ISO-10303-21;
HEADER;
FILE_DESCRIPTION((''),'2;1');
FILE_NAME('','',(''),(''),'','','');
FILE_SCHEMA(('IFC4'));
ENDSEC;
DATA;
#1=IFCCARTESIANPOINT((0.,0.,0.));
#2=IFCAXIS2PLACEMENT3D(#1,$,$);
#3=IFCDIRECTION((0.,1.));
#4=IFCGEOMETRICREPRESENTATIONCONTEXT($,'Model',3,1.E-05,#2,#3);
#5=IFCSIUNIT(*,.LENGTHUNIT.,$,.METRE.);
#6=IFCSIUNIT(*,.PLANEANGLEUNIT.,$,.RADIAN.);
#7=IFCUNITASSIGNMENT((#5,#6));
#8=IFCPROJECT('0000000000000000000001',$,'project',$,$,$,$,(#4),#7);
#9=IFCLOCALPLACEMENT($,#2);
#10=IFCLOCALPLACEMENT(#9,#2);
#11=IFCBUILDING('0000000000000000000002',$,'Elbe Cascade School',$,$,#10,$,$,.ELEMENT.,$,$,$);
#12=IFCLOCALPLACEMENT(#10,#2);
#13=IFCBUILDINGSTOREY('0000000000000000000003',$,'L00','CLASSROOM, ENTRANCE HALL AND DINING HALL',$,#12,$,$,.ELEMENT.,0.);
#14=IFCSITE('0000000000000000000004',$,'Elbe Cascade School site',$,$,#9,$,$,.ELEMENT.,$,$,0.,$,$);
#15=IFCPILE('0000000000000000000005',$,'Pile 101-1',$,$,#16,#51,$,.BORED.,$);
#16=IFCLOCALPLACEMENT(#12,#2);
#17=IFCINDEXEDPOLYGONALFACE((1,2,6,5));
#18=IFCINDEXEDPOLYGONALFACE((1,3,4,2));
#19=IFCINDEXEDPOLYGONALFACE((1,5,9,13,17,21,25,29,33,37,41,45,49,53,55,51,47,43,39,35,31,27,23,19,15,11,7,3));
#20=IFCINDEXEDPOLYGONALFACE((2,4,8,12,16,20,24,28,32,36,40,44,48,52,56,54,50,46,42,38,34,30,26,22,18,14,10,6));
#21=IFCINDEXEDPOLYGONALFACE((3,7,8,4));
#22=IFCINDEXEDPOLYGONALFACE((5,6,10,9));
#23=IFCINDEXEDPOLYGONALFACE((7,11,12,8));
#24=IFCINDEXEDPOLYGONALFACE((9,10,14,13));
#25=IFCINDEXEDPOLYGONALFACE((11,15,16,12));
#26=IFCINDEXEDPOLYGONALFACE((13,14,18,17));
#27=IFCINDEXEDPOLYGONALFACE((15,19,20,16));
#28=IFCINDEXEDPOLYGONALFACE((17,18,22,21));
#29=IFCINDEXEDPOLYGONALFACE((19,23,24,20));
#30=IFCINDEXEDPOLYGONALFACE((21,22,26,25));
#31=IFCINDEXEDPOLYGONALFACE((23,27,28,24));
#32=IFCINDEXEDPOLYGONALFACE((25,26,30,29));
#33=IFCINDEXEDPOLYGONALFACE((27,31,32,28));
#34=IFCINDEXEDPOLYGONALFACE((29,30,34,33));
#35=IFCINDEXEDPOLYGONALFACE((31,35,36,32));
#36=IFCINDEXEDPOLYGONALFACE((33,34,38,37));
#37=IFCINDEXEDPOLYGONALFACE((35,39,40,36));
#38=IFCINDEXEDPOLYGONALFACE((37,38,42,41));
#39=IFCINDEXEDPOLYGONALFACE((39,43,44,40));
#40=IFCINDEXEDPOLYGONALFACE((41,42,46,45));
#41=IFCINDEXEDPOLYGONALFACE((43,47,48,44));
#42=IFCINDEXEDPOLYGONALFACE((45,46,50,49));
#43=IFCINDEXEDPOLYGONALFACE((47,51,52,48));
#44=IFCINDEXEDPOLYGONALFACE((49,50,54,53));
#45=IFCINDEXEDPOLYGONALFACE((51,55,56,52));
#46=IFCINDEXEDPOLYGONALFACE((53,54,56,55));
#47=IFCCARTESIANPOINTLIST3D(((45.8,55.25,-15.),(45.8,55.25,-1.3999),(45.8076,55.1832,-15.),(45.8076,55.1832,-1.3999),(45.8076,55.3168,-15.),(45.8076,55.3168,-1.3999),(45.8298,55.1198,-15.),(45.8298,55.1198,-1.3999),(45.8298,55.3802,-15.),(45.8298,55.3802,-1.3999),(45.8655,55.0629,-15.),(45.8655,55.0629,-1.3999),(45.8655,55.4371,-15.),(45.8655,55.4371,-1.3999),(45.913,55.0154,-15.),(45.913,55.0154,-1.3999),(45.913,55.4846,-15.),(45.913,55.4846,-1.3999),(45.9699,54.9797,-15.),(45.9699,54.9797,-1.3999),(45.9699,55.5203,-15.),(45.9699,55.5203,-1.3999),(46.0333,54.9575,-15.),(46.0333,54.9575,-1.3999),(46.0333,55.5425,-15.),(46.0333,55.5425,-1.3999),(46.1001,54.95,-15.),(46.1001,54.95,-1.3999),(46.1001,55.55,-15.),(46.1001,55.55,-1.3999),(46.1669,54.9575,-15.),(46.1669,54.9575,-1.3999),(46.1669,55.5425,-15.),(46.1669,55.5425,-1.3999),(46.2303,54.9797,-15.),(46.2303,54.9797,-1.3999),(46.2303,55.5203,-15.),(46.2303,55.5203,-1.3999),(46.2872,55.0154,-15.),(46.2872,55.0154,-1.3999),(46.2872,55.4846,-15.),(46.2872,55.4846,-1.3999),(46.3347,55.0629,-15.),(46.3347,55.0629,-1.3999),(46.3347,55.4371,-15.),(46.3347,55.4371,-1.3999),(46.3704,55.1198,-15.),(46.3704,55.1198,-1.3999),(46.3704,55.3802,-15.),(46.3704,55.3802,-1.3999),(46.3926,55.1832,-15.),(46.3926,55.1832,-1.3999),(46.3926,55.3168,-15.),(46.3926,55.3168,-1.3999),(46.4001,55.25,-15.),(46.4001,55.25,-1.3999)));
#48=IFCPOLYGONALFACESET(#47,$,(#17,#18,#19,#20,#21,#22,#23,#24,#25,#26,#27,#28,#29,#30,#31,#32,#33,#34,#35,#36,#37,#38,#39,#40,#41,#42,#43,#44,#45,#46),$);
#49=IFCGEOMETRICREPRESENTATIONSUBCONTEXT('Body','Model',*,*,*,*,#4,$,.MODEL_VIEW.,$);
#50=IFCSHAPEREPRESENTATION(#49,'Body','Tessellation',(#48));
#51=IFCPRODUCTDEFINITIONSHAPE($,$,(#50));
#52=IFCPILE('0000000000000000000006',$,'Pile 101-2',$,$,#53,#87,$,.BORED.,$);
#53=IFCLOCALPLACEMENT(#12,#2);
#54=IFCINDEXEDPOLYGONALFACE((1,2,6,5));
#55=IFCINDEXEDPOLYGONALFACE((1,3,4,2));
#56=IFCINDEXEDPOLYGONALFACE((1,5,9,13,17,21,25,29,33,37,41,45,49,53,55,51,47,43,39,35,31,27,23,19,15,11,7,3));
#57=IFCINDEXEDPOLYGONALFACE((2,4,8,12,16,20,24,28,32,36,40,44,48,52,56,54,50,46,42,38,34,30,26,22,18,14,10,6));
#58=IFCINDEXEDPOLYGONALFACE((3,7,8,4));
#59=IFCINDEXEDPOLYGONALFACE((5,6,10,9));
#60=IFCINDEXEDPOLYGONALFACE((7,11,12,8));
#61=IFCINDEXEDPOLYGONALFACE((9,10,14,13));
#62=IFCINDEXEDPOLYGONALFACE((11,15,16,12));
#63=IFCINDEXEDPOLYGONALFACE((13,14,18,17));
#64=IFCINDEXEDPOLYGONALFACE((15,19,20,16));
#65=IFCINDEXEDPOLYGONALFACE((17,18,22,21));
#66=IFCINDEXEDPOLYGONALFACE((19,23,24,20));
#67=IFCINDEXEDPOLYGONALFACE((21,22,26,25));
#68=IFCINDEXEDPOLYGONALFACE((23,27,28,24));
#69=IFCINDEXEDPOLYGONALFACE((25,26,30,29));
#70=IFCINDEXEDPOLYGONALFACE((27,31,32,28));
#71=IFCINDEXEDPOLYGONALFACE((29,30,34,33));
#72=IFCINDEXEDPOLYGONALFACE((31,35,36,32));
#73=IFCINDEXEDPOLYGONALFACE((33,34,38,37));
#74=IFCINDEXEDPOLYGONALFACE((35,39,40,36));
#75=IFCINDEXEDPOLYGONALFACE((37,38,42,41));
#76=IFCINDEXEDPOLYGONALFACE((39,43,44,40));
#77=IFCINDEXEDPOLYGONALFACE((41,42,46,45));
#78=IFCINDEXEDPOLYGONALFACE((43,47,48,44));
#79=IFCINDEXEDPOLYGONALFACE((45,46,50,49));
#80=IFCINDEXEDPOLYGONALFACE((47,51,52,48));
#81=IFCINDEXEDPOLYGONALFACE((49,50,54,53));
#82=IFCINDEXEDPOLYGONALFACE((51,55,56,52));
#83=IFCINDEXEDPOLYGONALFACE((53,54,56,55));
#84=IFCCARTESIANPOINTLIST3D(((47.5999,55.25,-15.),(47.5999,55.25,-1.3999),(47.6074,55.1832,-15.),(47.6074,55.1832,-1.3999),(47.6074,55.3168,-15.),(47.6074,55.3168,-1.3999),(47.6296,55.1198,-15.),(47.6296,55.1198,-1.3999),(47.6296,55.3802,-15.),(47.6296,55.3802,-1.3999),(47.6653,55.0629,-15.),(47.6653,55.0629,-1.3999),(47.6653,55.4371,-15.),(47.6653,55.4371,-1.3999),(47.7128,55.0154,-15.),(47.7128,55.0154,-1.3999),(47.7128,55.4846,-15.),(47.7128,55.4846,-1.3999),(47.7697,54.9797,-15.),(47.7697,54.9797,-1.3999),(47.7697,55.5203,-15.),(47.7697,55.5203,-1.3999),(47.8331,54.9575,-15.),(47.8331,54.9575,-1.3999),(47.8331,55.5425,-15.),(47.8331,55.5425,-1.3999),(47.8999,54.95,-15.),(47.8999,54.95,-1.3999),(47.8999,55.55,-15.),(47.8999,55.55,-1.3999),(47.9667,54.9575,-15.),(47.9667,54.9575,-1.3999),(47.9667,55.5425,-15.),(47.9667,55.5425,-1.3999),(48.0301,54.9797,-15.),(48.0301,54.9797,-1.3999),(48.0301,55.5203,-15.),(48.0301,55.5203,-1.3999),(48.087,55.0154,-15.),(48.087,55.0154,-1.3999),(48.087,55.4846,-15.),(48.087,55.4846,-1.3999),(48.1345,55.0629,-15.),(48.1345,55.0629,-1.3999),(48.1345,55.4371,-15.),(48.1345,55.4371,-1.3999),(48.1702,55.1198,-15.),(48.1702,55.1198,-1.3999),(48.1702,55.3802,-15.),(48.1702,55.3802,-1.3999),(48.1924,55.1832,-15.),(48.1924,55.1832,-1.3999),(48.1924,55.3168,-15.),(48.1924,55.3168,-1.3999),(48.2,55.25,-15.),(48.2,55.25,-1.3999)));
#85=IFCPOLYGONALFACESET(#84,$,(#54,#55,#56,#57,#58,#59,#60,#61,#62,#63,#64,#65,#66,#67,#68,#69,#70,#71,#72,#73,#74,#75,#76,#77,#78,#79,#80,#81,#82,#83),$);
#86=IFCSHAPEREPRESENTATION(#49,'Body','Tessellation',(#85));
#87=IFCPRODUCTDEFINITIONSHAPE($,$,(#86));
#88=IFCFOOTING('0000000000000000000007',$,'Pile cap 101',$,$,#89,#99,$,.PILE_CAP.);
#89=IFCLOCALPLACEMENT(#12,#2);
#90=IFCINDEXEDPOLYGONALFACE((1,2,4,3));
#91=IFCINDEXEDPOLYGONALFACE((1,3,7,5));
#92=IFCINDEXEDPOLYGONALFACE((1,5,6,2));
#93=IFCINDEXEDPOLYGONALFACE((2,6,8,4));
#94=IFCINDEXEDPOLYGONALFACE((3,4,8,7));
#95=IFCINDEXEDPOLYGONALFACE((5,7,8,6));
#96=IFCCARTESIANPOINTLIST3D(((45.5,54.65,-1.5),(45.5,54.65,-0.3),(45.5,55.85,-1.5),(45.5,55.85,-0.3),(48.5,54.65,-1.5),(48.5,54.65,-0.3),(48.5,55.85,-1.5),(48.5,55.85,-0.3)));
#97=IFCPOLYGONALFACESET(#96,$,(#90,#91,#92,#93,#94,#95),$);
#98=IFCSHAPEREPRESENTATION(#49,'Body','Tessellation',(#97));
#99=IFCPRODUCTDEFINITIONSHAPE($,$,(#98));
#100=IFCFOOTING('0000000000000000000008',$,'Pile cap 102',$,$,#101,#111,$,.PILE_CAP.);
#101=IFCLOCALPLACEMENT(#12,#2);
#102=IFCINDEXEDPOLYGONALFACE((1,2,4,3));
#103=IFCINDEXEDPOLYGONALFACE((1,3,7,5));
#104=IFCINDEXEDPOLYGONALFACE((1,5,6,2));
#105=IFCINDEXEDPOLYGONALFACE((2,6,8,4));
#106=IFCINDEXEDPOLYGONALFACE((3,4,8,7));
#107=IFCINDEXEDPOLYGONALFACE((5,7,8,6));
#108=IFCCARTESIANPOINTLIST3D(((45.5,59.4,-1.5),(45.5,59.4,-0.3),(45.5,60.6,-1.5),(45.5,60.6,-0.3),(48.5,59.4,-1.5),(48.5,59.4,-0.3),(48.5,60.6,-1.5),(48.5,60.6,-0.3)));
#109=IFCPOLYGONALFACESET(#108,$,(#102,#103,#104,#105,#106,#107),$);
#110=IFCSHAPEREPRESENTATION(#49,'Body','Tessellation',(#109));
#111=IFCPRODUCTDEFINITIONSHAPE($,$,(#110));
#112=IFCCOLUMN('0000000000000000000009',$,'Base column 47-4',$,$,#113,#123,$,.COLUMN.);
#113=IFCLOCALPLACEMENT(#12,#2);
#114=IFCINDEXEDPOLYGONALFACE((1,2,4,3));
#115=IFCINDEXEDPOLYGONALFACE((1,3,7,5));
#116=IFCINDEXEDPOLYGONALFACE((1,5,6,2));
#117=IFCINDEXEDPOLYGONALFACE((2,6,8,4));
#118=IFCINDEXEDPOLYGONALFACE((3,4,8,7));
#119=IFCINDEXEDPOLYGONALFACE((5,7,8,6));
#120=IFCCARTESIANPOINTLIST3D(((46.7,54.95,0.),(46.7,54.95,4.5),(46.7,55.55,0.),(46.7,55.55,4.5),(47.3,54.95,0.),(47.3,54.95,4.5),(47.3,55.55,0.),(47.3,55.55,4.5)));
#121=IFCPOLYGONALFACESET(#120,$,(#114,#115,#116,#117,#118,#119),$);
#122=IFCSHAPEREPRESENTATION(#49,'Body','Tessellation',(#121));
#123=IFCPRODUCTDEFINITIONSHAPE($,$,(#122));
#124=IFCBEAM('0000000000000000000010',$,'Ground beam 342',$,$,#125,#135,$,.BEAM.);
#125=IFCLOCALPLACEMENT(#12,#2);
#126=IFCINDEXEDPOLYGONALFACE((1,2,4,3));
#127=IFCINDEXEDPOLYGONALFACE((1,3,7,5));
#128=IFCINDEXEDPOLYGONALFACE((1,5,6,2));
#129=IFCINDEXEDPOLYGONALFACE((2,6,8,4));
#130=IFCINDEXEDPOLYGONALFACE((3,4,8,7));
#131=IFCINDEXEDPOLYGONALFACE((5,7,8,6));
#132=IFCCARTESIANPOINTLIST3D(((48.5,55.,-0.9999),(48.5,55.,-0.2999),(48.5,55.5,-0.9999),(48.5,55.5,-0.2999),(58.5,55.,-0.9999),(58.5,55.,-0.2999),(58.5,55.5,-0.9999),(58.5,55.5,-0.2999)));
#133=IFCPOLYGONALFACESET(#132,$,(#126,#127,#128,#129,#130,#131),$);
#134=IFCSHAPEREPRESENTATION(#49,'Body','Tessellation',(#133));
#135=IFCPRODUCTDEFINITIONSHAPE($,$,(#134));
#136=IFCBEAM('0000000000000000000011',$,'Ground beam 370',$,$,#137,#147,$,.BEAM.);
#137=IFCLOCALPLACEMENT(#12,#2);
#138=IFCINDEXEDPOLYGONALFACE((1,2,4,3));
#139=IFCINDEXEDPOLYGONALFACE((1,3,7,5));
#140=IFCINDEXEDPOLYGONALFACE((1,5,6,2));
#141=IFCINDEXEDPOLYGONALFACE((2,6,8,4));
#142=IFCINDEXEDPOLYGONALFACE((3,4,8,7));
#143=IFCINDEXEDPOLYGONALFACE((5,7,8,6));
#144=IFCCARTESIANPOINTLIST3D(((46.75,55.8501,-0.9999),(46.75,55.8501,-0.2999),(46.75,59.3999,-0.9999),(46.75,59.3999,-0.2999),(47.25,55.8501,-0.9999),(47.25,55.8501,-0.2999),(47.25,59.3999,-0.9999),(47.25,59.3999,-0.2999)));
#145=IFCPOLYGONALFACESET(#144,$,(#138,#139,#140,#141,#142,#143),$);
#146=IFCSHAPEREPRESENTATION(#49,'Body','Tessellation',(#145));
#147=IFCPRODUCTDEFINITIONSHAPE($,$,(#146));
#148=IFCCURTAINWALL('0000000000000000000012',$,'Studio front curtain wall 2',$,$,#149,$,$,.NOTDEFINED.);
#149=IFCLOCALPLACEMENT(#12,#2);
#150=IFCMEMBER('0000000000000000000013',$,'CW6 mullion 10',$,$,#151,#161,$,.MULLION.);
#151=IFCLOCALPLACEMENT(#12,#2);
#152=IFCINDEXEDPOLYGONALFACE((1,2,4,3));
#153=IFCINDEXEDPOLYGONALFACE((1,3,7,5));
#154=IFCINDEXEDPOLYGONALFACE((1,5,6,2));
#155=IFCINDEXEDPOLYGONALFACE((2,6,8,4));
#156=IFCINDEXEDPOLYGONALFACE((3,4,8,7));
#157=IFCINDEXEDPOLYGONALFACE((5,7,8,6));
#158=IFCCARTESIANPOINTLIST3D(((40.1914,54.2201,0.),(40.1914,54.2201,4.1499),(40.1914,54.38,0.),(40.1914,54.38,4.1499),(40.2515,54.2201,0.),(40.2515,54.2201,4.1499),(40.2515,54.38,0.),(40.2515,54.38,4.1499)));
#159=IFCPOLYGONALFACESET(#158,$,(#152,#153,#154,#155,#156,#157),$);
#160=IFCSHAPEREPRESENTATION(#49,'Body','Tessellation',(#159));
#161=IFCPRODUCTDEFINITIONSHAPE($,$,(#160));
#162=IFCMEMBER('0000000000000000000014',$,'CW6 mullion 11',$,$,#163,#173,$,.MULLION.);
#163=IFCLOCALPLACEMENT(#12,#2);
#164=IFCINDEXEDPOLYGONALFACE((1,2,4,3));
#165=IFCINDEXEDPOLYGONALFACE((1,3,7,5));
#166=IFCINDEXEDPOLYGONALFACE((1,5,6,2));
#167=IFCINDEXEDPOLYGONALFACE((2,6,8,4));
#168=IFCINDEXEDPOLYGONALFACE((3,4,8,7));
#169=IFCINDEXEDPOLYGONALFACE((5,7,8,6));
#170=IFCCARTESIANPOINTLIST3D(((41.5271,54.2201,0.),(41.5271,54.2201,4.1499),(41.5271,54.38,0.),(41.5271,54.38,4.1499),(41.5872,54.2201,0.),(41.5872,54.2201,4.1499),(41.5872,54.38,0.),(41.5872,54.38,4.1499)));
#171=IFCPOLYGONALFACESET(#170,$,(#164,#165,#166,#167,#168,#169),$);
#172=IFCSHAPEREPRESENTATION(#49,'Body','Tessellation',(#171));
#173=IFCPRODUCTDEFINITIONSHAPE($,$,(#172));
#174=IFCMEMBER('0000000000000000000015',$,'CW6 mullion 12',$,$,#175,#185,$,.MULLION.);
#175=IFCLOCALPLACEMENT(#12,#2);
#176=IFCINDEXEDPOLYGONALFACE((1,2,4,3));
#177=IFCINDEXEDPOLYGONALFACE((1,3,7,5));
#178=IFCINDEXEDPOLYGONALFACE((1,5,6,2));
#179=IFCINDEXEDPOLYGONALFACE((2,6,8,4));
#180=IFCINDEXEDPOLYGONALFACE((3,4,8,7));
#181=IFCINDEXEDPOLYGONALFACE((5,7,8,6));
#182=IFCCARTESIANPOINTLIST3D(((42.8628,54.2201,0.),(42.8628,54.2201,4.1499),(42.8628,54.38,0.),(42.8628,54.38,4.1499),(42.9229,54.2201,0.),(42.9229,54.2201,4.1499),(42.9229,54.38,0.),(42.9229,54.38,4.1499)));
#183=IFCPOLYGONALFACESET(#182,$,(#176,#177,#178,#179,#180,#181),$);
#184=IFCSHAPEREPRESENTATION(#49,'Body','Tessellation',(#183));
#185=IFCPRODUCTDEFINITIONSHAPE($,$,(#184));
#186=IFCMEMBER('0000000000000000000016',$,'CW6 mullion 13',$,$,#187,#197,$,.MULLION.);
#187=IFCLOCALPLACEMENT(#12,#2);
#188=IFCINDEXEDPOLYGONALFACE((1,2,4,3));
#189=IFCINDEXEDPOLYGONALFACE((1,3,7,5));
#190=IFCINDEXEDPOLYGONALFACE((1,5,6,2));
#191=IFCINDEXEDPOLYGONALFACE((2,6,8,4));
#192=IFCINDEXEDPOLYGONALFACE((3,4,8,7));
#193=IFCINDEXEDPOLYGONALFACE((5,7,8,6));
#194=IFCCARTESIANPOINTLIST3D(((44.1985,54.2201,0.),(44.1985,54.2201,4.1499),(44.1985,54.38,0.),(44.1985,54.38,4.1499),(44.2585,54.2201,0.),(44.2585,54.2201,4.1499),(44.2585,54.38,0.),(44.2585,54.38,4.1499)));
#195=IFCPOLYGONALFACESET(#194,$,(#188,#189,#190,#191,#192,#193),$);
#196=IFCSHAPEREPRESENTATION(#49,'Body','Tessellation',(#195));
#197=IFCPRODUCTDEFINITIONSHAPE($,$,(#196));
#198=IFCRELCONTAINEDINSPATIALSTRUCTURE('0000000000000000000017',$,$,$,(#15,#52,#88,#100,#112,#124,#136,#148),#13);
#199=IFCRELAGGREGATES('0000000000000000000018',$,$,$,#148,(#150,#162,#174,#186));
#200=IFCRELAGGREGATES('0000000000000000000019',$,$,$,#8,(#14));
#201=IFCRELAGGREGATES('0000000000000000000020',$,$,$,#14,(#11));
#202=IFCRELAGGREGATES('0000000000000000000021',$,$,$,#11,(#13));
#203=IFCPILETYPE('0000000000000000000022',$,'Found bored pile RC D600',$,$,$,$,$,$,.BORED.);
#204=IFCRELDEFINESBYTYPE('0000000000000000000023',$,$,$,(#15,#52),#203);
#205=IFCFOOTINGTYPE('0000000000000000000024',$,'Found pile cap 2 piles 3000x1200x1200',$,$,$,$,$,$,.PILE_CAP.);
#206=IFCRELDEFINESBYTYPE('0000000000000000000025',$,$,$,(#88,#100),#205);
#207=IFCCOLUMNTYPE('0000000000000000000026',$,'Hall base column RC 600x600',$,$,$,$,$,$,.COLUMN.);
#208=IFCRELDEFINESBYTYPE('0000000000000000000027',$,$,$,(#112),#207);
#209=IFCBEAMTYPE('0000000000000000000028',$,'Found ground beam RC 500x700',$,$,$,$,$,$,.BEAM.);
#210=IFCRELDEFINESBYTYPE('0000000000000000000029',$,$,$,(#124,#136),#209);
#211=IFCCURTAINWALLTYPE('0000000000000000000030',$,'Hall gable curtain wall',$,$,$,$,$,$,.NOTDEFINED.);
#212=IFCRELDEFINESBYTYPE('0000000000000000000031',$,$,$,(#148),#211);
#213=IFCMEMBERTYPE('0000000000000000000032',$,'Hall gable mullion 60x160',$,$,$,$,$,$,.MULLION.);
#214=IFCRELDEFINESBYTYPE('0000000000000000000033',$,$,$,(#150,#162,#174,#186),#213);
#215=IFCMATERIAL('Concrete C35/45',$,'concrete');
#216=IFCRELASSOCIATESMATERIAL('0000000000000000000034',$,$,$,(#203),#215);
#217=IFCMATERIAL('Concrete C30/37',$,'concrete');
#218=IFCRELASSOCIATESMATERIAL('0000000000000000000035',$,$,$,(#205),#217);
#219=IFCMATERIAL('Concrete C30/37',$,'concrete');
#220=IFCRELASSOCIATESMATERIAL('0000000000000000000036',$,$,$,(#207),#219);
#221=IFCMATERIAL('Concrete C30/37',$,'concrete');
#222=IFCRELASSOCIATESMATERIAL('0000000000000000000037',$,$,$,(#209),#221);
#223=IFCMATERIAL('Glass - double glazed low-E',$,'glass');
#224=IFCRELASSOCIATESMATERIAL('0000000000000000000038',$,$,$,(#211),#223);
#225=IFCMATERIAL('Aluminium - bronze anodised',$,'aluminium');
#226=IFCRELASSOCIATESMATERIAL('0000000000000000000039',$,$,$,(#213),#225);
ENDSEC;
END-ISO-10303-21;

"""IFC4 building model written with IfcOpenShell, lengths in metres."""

from ifc_helpers import new_model, si_unit, direction, frame, origin, origin_2d, place, context, subcontext, project, spatial, rectangle, circle, extrude, material, material_profile, profile_set, type_object, element, aggregate, save


model = new_model("IFC4")

# Units and contexts
model_context = context("Model", 3, precision=1e-05, world=origin(), true_north=direction((0.0, 1.0)))
body_context = subcontext(model_context, "Body", "Model", "MODEL_VIEW")
ifc_project = project(units=[si_unit("LENGTHUNIT", "METRE"), si_unit("PLANEANGLEUNIT", "RADIAN")], contexts=[model_context])

# Site, building, storey
site_placement = place(None, origin())
site = spatial("IfcSite", under=ifc_project, at=site_placement, Name="Elbe Cascade School site", CompositionType="ELEMENT", RefElevation=0.0)
building_placement = place(site_placement, origin())
building = spatial("IfcBuilding", under=site, at=building_placement, Name="Elbe Cascade School", CompositionType="ELEMENT")
storey_placement = place(building_placement, origin())
storey = spatial("IfcBuildingStorey", under=building, at=storey_placement, Name="L00", Description="CLASSROOM, ENTRANCE HALL AND DINING HALL", CompositionType="ELEMENT", Elevation=0.0)

# Piles
ifc_material_1 = material(Name="Concrete C35/45", Category="concrete")
ifc_material_profile_1 = material_profile(ifc_material_1, circle(Radius=0.3, at=origin_2d()), Name="RC D600")
ifc_profile_set_1 = profile_set([ifc_material_profile_1], Name="Concrete C35/45")
pile_type = type_object("IfcPileType", Name="Found bored pile RC D600", PredefinedType="BORED", material=ifc_profile_set_1)
for number, where, z_axis, x_axis, name in (
    (1, (46.1001, 55.25, -1.3999), (0.0, 0.0, -1.0), (1.0, 0.0, 0.0), "Pile 101-1"),
    (2, (47.8999, 55.25, -1.3999), (0.0, 0.0, -1.0), (1.0, 0.0, 0.0), "Pile 101-2"),
):
    element("IfcPile", number, at=place(storey_placement, frame(where, z_axis=z_axis, x_axis=x_axis)), inside=storey, type_object=pile_type, Name=name, PredefinedType="BORED", context=body_context, shape_type="SweptSolid", body=[
        extrude(circle(Radius=0.3, at=origin_2d()), origin(), (0.0, 0.0, 1.0), 13.6001),
    ])

# Footings
ifc_material_2 = material(Name="Concrete C30/37", Category="concrete")
footing_type = type_object("IfcFootingType", Name="Found pile cap 2 piles 3000x1200x1200", PredefinedType="PILE_CAP", material=ifc_material_2)
for number, where, z_axis, x_axis, name in (
    (3, (47.0, 55.25, -1.5), (0.0, 0.0, 1.0), (1.0, 0.0, 0.0), "Pile cap 101"),
    (4, (47.0, 60.0, -1.5), (0.0, 0.0, 1.0), (1.0, 0.0, 0.0), "Pile cap 102"),
):
    element("IfcFooting", number, at=place(storey_placement, frame(where, z_axis=z_axis, x_axis=x_axis)), inside=storey, type_object=footing_type, Name=name, PredefinedType="PILE_CAP", context=body_context, shape_type="SweptSolid", body=[
        extrude(rectangle(XDim=3.0, YDim=1.2, at=origin_2d()), origin(), (0.0, 0.0, 1.0), 1.2),
    ])

# Column
ifc_material_3 = material(Name="Concrete C30/37", Category="concrete")
ifc_material_profile_2 = material_profile(ifc_material_3, rectangle(XDim=0.6001, YDim=0.6001, at=origin_2d()), Name="RC 600x600")
ifc_profile_set_2 = profile_set([ifc_material_profile_2], Name="Concrete C30/37")
column_type = type_object("IfcColumnType", Name="Hall base column RC 600x600", PredefinedType="COLUMN", material=ifc_profile_set_2)
column_placement = place(storey_placement, frame((47.0, 55.25, 0.0), z_axis=(0.0, 0.0, 1.0), x_axis=(1.0, 0.0, 0.0)))
element("IfcColumn", 5, at=column_placement, inside=storey, type_object=column_type, Name="Base column 47-4", PredefinedType="COLUMN", context=body_context, shape_type="SweptSolid", body=[
    extrude(rectangle(XDim=0.6001, YDim=0.6001, at=origin_2d()), origin(), (0.0, 0.0, 1.0), 4.5),
])

# Beams
ifc_material_4 = material(Name="Concrete C30/37", Category="concrete")
ifc_material_profile_3 = material_profile(ifc_material_4, rectangle(XDim=0.5, YDim=0.7, at=origin_2d()), Name="RC 500x700")
ifc_profile_set_3 = profile_set([ifc_material_profile_3], Name="Concrete C30/37")
beam_type = type_object("IfcBeamType", Name="Found ground beam RC 500x700", PredefinedType="BEAM", material=ifc_profile_set_3)
beam_1_placement = place(storey_placement, frame((48.5, 55.25, -0.6499), z_axis=(1.0, 0.0, 0.0), x_axis=(0.0, 1.0, 0.0)))
element("IfcBeam", 6, at=beam_1_placement, inside=storey, type_object=beam_type, Name="Ground beam 342", PredefinedType="BEAM", context=body_context, shape_type="SweptSolid", body=[
    extrude(rectangle(XDim=0.5, YDim=0.7, at=origin_2d()), origin(), (0.0, 0.0, 1.0), 10.0),
])
beam_2_placement = place(storey_placement, frame((47.0, 55.8501, -0.6499), z_axis=(0.0, 1.0, 0.0), x_axis=(-1.0, 0.0, 0.0)))
element("IfcBeam", 7, at=beam_2_placement, inside=storey, type_object=beam_type, Name="Ground beam 370", PredefinedType="BEAM", context=body_context, shape_type="SweptSolid", body=[
    extrude(rectangle(XDim=0.5, YDim=0.7, at=origin_2d()), origin(), (0.0, 0.0, 1.0), 3.5498),
])

# Curtain wall, members
ifc_material_5 = material(Name="Glass - double glazed low-E", Category="glass")
curtain_wall_type = type_object("IfcCurtainWallType", Name="Hall gable curtain wall", PredefinedType="NOTDEFINED", material=ifc_material_5)
curtain_wall_placement = place(storey_placement, origin())
curtain_wall = element("IfcCurtainWall", 8, at=curtain_wall_placement, inside=storey, type_object=curtain_wall_type, Name="Studio front curtain wall 2", PredefinedType="NOTDEFINED")
ifc_material_6 = material(Name="Aluminium - bronze anodised", Category="aluminium")
ifc_material_profile_4 = material_profile(ifc_material_6, rectangle(XDim=0.1599, YDim=0.0601, at=origin_2d()), Name="Alu 60x160")
ifc_profile_set_4 = profile_set([ifc_material_profile_4], Name="Aluminium - bronze anodised")
member_type_1 = type_object("IfcMemberType", Name="Hall gable mullion 60x160", PredefinedType="MULLION", material=ifc_profile_set_4)
member_1_placement = place(storey_placement, frame((40.2214, 54.3, 0.0), z_axis=(0.0, 0.0, 1.0), x_axis=(0.0, 1.0, 0.0)))
member_1 = element("IfcMember", 9, at=member_1_placement, type_object=member_type_1, Name="CW6 mullion 10", PredefinedType="MULLION", context=body_context, shape_type="SweptSolid", body=[
    extrude(rectangle(XDim=0.1599, YDim=0.0601, at=origin_2d()), origin(), (0.0, 0.0, 1.0), 4.1499),
])
member_2_placement = place(storey_placement, frame((41.5571, 54.3, 0.0), z_axis=(0.0, 0.0, 1.0), x_axis=(0.0, 1.0, 0.0)))
member_2 = element("IfcMember", 10, at=member_2_placement, type_object=member_type_1, Name="CW6 mullion 11", PredefinedType="MULLION", context=body_context, shape_type="SweptSolid", body=[
    extrude(rectangle(XDim=0.1599, YDim=0.0601, at=origin_2d()), origin(), (0.0, 0.0, 1.0), 4.1499),
])
member_3_placement = place(storey_placement, frame((42.8928, 54.3, 0.0), z_axis=(0.0, 0.0, 1.0), x_axis=(0.0, 1.0, 0.0)))
member_3 = element("IfcMember", 11, at=member_3_placement, type_object=member_type_1, Name="CW6 mullion 12", PredefinedType="MULLION", context=body_context, shape_type="SweptSolid", body=[
    extrude(rectangle(XDim=0.1599, YDim=0.0601, at=origin_2d()), origin(), (0.0, 0.0, 1.0), 4.1499),
])
member_4_placement = place(storey_placement, frame((44.2285, 54.3, 0.0), z_axis=(0.0, 0.0, 1.0), x_axis=(0.0, 1.0, 0.0)))
member_4 = element("IfcMember", 12, at=member_4_placement, type_object=member_type_1, Name="CW6 mullion 13", PredefinedType="MULLION", context=body_context, shape_type="SweptSolid", body=[
    extrude(rectangle(XDim=0.1599, YDim=0.0601, at=origin_2d()), origin(), (0.0, 0.0, 1.0), 4.1499),
])
aggregate(curtain_wall, [member_1, member_2, member_3, member_4])

save(model, "model.ifc")
